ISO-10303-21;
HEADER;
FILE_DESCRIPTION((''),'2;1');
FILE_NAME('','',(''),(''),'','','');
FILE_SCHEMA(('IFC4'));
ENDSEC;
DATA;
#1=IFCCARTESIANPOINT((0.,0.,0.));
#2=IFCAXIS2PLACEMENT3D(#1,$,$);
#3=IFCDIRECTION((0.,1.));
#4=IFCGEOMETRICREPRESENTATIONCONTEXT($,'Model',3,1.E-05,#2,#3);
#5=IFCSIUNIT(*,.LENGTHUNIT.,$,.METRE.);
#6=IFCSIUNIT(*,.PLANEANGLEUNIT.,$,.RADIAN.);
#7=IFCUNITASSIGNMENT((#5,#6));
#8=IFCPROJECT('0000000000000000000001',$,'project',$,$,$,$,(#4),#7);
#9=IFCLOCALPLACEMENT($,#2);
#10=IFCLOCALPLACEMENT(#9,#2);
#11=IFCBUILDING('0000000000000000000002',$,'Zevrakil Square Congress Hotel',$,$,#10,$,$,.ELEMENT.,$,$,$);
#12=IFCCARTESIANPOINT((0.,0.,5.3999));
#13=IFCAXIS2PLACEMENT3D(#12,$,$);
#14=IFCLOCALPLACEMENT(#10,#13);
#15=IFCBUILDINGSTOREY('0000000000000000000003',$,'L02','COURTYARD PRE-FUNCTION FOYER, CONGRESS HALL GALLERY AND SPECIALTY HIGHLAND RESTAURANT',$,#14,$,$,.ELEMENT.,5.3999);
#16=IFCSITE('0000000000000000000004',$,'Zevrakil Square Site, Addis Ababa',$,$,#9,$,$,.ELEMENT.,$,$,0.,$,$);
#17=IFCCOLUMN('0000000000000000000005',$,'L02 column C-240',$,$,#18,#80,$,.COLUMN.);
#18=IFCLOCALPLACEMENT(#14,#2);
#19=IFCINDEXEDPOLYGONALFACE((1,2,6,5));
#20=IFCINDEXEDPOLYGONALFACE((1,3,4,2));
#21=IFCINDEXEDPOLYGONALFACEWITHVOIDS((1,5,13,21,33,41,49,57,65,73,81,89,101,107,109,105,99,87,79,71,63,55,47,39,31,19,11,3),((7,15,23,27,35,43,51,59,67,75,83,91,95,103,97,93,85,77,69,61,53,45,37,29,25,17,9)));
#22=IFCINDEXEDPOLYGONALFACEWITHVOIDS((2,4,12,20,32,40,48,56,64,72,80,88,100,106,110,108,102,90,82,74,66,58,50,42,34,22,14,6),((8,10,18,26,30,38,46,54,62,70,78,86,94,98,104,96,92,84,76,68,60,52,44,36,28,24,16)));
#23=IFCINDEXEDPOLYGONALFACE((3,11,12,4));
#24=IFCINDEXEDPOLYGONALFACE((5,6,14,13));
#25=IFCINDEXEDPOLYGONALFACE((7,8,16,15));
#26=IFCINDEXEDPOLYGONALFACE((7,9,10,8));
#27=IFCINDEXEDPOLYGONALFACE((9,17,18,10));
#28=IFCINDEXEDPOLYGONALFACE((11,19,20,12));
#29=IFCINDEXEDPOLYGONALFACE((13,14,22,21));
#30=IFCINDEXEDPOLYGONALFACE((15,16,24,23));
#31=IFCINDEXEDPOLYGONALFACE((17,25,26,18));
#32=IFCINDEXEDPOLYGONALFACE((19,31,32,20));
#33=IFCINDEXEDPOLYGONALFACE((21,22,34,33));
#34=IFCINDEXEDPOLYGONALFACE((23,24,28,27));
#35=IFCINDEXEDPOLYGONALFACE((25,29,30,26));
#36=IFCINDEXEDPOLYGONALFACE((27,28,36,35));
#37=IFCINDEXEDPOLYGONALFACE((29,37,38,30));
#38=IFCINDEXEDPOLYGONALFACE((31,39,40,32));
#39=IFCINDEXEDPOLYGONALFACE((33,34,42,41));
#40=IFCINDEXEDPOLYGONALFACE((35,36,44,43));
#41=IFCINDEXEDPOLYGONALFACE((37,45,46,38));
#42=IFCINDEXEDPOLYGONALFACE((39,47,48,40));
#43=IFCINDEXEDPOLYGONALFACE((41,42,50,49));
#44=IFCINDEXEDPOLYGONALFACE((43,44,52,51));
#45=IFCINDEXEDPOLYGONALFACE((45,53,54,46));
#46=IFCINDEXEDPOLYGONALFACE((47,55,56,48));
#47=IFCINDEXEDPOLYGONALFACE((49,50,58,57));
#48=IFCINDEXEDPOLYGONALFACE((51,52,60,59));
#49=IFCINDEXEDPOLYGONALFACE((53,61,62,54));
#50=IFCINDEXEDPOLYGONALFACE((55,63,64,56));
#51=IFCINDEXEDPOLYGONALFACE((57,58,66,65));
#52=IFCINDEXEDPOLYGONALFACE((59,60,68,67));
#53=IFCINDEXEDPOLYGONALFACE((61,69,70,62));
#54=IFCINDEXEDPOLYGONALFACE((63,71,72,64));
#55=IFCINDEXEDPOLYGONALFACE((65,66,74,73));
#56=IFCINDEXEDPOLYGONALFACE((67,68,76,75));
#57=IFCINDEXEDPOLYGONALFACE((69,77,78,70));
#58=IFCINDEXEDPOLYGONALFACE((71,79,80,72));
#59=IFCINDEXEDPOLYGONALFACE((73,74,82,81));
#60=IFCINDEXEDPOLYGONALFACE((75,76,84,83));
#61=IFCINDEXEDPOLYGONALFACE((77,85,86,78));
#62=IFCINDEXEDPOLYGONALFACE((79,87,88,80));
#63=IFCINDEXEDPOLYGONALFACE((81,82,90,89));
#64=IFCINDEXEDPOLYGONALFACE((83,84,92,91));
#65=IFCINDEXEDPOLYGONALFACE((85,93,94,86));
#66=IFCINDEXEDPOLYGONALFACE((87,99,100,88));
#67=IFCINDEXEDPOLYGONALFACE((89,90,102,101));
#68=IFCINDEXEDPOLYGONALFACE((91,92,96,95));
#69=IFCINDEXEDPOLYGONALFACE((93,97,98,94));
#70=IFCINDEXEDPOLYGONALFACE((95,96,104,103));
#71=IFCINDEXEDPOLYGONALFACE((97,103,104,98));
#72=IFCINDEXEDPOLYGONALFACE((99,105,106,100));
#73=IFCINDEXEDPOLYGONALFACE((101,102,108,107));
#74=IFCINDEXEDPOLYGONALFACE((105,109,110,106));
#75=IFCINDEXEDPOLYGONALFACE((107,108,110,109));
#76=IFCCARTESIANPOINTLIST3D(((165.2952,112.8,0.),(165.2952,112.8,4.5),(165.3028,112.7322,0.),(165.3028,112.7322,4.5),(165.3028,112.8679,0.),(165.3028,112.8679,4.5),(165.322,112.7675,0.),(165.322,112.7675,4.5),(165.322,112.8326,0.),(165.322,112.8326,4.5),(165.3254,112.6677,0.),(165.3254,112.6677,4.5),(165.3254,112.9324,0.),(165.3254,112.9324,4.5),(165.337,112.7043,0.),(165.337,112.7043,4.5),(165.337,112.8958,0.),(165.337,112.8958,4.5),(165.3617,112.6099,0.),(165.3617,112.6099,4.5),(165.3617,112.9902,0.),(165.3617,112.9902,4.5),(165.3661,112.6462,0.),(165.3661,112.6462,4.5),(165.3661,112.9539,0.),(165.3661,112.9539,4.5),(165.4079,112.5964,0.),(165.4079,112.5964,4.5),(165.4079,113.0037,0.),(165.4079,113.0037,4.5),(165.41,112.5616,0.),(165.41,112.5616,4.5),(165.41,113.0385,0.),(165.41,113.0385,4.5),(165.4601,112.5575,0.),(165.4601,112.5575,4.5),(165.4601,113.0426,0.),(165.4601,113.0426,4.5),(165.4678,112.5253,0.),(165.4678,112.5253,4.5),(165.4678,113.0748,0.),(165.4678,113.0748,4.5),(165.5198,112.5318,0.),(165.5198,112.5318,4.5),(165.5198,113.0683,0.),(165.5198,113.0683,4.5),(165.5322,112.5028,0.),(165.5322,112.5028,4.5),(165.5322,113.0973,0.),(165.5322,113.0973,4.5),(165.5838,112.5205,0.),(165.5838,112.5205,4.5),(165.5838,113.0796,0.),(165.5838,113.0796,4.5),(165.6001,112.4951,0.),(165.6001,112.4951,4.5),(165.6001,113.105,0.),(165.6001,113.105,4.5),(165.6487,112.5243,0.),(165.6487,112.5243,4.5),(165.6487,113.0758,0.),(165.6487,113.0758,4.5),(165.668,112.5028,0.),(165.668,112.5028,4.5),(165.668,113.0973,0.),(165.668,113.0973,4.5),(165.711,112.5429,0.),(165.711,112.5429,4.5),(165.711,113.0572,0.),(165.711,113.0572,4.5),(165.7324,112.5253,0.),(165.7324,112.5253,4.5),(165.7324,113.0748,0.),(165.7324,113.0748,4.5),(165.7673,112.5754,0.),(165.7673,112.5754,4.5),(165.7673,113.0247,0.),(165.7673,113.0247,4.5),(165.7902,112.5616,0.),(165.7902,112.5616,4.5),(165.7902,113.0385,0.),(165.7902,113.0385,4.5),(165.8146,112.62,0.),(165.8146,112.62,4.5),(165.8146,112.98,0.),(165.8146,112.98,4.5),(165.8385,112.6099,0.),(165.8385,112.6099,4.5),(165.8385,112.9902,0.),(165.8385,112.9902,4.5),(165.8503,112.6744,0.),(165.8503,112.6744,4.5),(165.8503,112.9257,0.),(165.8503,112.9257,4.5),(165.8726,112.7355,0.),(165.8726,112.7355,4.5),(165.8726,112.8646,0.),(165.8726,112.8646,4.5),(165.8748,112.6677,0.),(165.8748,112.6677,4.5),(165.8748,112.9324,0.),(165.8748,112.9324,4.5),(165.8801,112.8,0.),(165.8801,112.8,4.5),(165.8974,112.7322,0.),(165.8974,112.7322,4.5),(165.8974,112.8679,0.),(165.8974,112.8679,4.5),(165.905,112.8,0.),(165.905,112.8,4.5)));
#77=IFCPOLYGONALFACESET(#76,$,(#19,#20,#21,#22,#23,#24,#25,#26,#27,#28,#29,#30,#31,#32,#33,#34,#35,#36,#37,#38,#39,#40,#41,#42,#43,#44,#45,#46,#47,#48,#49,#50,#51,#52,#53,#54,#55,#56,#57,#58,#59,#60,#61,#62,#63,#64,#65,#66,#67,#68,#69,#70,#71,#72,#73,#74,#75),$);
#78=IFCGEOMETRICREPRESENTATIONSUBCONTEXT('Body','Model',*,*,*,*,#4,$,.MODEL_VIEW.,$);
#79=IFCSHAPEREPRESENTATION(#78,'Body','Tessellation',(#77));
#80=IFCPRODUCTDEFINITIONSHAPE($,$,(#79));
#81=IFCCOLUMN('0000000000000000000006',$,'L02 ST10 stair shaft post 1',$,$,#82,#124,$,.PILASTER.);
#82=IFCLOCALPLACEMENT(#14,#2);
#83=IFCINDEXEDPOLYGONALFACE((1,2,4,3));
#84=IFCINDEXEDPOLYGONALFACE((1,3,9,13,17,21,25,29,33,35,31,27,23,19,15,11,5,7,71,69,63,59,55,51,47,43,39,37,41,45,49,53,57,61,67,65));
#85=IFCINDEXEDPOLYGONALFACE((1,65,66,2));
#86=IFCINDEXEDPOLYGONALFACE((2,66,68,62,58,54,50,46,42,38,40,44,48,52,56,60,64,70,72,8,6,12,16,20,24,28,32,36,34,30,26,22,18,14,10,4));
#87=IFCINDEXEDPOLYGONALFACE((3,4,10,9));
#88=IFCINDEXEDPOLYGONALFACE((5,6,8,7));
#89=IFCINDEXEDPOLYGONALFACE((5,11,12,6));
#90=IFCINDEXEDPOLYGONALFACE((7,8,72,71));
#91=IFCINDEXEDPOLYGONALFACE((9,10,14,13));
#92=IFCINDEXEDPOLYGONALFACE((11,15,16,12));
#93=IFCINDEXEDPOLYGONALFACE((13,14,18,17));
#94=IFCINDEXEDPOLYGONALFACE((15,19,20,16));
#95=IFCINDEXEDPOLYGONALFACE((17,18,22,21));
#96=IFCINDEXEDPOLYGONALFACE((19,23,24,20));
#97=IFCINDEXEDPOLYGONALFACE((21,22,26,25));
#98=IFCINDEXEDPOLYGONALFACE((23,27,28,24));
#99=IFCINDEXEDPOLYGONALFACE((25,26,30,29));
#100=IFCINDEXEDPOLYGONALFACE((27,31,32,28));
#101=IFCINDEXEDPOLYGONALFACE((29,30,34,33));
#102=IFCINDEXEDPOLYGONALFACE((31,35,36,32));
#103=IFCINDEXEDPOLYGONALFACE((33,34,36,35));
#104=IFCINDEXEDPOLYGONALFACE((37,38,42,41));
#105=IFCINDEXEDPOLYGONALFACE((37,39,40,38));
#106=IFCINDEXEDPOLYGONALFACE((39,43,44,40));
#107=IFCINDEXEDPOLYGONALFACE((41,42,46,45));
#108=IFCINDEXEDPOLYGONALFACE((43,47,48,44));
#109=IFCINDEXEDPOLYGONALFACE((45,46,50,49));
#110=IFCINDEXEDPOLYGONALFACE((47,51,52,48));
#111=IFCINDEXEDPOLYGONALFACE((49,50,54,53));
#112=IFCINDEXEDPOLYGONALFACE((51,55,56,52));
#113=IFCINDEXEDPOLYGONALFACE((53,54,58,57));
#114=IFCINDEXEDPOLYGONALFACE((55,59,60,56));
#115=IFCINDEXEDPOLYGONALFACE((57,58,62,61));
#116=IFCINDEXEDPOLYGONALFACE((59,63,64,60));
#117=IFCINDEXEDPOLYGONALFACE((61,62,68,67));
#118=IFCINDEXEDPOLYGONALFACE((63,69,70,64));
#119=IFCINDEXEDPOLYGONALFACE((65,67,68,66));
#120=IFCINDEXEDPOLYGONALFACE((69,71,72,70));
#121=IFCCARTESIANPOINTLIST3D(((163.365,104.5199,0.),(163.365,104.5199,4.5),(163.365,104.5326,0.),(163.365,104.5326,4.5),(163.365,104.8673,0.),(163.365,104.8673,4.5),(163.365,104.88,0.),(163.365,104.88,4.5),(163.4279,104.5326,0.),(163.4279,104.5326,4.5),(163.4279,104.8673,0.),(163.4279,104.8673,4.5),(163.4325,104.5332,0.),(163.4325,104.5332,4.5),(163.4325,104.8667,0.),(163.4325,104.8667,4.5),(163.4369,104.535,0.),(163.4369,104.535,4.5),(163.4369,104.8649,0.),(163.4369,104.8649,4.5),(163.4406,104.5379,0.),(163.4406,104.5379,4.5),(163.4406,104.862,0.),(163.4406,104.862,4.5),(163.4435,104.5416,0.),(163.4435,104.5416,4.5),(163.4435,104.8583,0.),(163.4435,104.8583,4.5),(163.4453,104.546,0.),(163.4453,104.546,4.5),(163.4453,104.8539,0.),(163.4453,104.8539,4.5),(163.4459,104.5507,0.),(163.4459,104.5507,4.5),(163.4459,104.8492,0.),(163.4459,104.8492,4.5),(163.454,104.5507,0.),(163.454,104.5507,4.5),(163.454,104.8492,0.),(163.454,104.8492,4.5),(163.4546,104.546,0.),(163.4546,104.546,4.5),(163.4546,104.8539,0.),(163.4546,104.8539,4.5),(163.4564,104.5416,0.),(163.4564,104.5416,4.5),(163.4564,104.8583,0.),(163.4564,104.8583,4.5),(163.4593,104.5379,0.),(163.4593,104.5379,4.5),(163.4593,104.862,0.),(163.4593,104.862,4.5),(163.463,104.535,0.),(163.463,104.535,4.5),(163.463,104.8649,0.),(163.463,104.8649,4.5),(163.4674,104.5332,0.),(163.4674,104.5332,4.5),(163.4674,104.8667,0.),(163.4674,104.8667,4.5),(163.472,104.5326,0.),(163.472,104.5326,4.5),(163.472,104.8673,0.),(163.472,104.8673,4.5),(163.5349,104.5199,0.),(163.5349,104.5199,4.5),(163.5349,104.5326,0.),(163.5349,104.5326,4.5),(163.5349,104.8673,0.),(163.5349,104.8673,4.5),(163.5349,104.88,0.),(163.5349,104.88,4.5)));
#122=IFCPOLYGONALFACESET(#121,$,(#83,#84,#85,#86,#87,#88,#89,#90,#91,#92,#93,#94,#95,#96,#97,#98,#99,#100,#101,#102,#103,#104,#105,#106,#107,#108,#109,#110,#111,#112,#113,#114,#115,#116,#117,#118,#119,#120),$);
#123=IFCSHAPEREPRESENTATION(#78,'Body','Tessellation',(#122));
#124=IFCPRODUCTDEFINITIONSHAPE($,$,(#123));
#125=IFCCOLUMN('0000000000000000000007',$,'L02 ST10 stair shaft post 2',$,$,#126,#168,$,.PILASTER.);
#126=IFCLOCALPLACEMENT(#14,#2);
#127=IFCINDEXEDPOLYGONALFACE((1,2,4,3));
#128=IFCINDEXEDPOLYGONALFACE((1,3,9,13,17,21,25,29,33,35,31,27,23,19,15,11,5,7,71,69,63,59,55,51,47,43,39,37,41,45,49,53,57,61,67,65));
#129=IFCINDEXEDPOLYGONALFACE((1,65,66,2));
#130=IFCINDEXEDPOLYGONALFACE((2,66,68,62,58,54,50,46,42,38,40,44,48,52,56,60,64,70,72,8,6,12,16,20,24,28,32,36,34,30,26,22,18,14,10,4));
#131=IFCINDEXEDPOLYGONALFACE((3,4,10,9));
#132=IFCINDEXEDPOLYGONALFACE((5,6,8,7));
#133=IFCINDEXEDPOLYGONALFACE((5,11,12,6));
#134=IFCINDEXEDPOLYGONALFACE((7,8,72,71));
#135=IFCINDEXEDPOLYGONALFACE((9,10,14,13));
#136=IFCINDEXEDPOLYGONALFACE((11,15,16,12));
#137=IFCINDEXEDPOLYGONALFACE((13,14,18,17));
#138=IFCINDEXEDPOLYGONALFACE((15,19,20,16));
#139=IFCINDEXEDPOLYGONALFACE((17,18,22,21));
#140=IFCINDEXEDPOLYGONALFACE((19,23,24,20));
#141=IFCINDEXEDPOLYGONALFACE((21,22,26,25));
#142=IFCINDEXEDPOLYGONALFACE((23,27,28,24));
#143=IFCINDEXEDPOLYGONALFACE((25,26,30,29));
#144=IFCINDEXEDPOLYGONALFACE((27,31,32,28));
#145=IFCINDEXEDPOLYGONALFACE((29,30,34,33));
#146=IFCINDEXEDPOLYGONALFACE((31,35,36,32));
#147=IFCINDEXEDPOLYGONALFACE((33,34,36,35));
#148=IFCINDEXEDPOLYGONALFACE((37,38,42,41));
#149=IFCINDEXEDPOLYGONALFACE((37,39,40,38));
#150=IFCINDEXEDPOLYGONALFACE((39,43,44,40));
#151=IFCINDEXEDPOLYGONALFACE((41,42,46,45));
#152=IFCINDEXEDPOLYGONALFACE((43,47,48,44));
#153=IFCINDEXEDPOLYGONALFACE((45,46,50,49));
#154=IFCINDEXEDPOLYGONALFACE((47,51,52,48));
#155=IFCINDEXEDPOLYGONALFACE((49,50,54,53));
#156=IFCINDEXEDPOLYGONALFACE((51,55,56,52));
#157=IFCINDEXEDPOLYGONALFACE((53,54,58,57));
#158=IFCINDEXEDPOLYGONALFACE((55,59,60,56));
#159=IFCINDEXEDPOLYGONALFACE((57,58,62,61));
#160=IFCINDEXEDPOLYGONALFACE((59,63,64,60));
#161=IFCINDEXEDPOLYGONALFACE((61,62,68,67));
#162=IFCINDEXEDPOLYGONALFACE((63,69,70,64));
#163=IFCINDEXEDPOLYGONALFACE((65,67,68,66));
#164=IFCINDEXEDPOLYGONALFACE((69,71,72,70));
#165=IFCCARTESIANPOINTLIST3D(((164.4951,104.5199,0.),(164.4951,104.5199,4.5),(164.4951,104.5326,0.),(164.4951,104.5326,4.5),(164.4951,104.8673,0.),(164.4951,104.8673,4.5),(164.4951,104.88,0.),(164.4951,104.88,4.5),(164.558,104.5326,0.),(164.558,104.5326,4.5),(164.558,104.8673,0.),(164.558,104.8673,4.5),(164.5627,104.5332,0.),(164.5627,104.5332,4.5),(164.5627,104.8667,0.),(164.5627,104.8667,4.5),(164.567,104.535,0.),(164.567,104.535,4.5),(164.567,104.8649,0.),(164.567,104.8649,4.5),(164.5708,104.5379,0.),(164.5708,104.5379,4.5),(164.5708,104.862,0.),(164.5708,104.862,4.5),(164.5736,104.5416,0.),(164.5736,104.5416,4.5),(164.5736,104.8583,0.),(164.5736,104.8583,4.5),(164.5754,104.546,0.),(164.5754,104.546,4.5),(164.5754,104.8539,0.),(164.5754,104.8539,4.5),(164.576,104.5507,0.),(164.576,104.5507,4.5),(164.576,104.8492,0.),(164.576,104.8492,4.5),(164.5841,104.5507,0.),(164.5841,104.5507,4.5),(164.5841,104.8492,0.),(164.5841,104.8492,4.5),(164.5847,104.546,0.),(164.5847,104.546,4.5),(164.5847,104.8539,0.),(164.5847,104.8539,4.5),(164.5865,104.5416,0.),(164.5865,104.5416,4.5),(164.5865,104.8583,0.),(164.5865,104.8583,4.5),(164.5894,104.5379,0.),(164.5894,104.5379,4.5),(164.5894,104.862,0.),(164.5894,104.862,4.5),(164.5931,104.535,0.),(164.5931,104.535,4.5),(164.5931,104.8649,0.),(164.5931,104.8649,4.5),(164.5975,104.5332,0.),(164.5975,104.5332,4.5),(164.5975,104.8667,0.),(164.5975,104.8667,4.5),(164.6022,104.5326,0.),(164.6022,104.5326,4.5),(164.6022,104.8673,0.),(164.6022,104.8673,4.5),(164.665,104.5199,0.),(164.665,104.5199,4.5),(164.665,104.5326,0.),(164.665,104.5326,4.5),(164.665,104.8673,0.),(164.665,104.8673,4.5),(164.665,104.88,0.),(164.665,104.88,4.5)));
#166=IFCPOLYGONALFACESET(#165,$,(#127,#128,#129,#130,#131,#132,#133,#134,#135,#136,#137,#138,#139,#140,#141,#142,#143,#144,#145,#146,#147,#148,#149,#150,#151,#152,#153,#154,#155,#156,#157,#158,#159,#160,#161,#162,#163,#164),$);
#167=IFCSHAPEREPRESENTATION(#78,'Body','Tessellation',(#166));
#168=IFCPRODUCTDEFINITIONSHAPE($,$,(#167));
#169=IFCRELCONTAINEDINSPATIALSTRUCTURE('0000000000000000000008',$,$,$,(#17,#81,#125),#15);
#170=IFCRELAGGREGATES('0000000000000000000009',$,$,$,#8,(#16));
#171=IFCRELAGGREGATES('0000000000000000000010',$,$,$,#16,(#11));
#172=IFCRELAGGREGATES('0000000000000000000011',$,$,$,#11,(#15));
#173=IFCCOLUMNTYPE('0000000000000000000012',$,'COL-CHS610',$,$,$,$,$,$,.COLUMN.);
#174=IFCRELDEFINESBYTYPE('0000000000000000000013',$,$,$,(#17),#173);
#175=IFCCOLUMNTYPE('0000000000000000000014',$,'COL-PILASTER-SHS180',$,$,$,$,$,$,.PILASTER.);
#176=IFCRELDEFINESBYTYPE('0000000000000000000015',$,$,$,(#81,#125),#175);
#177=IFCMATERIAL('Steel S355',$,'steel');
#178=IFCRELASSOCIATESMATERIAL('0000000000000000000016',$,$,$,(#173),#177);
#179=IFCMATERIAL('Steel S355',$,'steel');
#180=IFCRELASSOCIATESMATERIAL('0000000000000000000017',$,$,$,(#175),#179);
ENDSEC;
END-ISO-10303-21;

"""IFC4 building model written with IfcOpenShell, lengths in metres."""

from ifc_helpers import new_model, si_unit, direction, frame, origin, origin_2d, place, context, subcontext, project, spatial, hollow_circle, i_section, extrude, material, material_profile, profile_set, type_object, element, save


model = new_model("IFC4")

# Units and contexts
model_context = context("Model", 3, precision=1e-05, world=origin(), true_north=direction((0.0, 1.0)))
body_context = subcontext(model_context, "Body", "Model", "MODEL_VIEW")
ifc_project = project(units=[si_unit("LENGTHUNIT", "METRE"), si_unit("PLANEANGLEUNIT", "RADIAN")], contexts=[model_context])

# Site, building, storey
site_placement = place(None, origin())
site = spatial("IfcSite", under=ifc_project, at=site_placement, Name="Zevrakil Square Site, Addis Ababa", CompositionType="ELEMENT", RefElevation=0.0)
building_placement = place(site_placement, origin())
building = spatial("IfcBuilding", under=site, at=building_placement, Name="Zevrakil Square Congress Hotel", CompositionType="ELEMENT")
storey_placement = place(building_placement, frame((0.0, 0.0, 5.3999)))
storey = spatial("IfcBuildingStorey", under=building, at=storey_placement, Name="L02", Description="COURTYARD PRE-FUNCTION FOYER, CONGRESS HALL GALLERY AND SPECIALTY HIGHLAND RESTAURANT", CompositionType="ELEMENT", Elevation=5.3999)

# Columns
ifc_material_1 = material(Name="Steel S355", Category="steel")
ifc_material_profile_1 = material_profile(ifc_material_1, hollow_circle(Radius=0.3049, WallThickness=0.0249, at=origin_2d()), Name="CHS 610x25")
ifc_profile_set_1 = profile_set([ifc_material_profile_1], Name="Steel S355")
column_type_1 = type_object("IfcColumnType", Name="COL-CHS610", PredefinedType="COLUMN", material=ifc_profile_set_1)
column_placement = place(storey_placement, frame((165.6001, 112.8, 0.0), z_axis=(0.0, 0.0, 1.0), x_axis=(1.0, 0.0, 0.0)))
element("IfcColumn", 1, at=column_placement, inside=storey, type_object=column_type_1, Name="L02 column C-240", PredefinedType="COLUMN", context=body_context, shape_type="SweptSolid", body=[
    extrude(hollow_circle(Radius=0.3049, WallThickness=0.0249, at=origin_2d()), origin(), (0.0, 0.0, 1.0), 4.5),
])
ifc_material_2 = material(Name="Steel S355", Category="steel")
ifc_material_profile_2 = material_profile(ifc_material_2, i_section(OverallWidth=0.1699, OverallDepth=0.3601, WebThickness=0.0081, FlangeThickness=0.0127, FilletRadius=0.0181, at=origin_2d()), Name="IPE 360")
ifc_profile_set_2 = profile_set([ifc_material_profile_2], Name="Steel S355")
column_type_2 = type_object("IfcColumnType", Name="COL-PILASTER-SHS180", PredefinedType="PILASTER", material=ifc_profile_set_2)
for number, where, z_axis, x_axis, name in (
    (2, (163.45, 104.7, 0.0), (0.0, 0.0, 1.0), (1.0, 0.0, 0.0), "L02 ST10 stair shaft post 1"),
    (3, (164.5801, 104.7, 0.0), (0.0, 0.0, 1.0), (1.0, 0.0, 0.0), "L02 ST10 stair shaft post 2"),
):
    element("IfcColumn", number, at=place(storey_placement, frame(where, z_axis=z_axis, x_axis=x_axis)), inside=storey, type_object=column_type_2, Name=name, PredefinedType="PILASTER", context=body_context, shape_type="SweptSolid", body=[
        extrude(i_section(OverallWidth=0.1699, OverallDepth=0.3601, WebThickness=0.0081, FlangeThickness=0.0127, FilletRadius=0.0181, at=origin_2d()), origin(), (0.0, 0.0, 1.0), 4.5),
    ])

save(model, "model.ifc")
